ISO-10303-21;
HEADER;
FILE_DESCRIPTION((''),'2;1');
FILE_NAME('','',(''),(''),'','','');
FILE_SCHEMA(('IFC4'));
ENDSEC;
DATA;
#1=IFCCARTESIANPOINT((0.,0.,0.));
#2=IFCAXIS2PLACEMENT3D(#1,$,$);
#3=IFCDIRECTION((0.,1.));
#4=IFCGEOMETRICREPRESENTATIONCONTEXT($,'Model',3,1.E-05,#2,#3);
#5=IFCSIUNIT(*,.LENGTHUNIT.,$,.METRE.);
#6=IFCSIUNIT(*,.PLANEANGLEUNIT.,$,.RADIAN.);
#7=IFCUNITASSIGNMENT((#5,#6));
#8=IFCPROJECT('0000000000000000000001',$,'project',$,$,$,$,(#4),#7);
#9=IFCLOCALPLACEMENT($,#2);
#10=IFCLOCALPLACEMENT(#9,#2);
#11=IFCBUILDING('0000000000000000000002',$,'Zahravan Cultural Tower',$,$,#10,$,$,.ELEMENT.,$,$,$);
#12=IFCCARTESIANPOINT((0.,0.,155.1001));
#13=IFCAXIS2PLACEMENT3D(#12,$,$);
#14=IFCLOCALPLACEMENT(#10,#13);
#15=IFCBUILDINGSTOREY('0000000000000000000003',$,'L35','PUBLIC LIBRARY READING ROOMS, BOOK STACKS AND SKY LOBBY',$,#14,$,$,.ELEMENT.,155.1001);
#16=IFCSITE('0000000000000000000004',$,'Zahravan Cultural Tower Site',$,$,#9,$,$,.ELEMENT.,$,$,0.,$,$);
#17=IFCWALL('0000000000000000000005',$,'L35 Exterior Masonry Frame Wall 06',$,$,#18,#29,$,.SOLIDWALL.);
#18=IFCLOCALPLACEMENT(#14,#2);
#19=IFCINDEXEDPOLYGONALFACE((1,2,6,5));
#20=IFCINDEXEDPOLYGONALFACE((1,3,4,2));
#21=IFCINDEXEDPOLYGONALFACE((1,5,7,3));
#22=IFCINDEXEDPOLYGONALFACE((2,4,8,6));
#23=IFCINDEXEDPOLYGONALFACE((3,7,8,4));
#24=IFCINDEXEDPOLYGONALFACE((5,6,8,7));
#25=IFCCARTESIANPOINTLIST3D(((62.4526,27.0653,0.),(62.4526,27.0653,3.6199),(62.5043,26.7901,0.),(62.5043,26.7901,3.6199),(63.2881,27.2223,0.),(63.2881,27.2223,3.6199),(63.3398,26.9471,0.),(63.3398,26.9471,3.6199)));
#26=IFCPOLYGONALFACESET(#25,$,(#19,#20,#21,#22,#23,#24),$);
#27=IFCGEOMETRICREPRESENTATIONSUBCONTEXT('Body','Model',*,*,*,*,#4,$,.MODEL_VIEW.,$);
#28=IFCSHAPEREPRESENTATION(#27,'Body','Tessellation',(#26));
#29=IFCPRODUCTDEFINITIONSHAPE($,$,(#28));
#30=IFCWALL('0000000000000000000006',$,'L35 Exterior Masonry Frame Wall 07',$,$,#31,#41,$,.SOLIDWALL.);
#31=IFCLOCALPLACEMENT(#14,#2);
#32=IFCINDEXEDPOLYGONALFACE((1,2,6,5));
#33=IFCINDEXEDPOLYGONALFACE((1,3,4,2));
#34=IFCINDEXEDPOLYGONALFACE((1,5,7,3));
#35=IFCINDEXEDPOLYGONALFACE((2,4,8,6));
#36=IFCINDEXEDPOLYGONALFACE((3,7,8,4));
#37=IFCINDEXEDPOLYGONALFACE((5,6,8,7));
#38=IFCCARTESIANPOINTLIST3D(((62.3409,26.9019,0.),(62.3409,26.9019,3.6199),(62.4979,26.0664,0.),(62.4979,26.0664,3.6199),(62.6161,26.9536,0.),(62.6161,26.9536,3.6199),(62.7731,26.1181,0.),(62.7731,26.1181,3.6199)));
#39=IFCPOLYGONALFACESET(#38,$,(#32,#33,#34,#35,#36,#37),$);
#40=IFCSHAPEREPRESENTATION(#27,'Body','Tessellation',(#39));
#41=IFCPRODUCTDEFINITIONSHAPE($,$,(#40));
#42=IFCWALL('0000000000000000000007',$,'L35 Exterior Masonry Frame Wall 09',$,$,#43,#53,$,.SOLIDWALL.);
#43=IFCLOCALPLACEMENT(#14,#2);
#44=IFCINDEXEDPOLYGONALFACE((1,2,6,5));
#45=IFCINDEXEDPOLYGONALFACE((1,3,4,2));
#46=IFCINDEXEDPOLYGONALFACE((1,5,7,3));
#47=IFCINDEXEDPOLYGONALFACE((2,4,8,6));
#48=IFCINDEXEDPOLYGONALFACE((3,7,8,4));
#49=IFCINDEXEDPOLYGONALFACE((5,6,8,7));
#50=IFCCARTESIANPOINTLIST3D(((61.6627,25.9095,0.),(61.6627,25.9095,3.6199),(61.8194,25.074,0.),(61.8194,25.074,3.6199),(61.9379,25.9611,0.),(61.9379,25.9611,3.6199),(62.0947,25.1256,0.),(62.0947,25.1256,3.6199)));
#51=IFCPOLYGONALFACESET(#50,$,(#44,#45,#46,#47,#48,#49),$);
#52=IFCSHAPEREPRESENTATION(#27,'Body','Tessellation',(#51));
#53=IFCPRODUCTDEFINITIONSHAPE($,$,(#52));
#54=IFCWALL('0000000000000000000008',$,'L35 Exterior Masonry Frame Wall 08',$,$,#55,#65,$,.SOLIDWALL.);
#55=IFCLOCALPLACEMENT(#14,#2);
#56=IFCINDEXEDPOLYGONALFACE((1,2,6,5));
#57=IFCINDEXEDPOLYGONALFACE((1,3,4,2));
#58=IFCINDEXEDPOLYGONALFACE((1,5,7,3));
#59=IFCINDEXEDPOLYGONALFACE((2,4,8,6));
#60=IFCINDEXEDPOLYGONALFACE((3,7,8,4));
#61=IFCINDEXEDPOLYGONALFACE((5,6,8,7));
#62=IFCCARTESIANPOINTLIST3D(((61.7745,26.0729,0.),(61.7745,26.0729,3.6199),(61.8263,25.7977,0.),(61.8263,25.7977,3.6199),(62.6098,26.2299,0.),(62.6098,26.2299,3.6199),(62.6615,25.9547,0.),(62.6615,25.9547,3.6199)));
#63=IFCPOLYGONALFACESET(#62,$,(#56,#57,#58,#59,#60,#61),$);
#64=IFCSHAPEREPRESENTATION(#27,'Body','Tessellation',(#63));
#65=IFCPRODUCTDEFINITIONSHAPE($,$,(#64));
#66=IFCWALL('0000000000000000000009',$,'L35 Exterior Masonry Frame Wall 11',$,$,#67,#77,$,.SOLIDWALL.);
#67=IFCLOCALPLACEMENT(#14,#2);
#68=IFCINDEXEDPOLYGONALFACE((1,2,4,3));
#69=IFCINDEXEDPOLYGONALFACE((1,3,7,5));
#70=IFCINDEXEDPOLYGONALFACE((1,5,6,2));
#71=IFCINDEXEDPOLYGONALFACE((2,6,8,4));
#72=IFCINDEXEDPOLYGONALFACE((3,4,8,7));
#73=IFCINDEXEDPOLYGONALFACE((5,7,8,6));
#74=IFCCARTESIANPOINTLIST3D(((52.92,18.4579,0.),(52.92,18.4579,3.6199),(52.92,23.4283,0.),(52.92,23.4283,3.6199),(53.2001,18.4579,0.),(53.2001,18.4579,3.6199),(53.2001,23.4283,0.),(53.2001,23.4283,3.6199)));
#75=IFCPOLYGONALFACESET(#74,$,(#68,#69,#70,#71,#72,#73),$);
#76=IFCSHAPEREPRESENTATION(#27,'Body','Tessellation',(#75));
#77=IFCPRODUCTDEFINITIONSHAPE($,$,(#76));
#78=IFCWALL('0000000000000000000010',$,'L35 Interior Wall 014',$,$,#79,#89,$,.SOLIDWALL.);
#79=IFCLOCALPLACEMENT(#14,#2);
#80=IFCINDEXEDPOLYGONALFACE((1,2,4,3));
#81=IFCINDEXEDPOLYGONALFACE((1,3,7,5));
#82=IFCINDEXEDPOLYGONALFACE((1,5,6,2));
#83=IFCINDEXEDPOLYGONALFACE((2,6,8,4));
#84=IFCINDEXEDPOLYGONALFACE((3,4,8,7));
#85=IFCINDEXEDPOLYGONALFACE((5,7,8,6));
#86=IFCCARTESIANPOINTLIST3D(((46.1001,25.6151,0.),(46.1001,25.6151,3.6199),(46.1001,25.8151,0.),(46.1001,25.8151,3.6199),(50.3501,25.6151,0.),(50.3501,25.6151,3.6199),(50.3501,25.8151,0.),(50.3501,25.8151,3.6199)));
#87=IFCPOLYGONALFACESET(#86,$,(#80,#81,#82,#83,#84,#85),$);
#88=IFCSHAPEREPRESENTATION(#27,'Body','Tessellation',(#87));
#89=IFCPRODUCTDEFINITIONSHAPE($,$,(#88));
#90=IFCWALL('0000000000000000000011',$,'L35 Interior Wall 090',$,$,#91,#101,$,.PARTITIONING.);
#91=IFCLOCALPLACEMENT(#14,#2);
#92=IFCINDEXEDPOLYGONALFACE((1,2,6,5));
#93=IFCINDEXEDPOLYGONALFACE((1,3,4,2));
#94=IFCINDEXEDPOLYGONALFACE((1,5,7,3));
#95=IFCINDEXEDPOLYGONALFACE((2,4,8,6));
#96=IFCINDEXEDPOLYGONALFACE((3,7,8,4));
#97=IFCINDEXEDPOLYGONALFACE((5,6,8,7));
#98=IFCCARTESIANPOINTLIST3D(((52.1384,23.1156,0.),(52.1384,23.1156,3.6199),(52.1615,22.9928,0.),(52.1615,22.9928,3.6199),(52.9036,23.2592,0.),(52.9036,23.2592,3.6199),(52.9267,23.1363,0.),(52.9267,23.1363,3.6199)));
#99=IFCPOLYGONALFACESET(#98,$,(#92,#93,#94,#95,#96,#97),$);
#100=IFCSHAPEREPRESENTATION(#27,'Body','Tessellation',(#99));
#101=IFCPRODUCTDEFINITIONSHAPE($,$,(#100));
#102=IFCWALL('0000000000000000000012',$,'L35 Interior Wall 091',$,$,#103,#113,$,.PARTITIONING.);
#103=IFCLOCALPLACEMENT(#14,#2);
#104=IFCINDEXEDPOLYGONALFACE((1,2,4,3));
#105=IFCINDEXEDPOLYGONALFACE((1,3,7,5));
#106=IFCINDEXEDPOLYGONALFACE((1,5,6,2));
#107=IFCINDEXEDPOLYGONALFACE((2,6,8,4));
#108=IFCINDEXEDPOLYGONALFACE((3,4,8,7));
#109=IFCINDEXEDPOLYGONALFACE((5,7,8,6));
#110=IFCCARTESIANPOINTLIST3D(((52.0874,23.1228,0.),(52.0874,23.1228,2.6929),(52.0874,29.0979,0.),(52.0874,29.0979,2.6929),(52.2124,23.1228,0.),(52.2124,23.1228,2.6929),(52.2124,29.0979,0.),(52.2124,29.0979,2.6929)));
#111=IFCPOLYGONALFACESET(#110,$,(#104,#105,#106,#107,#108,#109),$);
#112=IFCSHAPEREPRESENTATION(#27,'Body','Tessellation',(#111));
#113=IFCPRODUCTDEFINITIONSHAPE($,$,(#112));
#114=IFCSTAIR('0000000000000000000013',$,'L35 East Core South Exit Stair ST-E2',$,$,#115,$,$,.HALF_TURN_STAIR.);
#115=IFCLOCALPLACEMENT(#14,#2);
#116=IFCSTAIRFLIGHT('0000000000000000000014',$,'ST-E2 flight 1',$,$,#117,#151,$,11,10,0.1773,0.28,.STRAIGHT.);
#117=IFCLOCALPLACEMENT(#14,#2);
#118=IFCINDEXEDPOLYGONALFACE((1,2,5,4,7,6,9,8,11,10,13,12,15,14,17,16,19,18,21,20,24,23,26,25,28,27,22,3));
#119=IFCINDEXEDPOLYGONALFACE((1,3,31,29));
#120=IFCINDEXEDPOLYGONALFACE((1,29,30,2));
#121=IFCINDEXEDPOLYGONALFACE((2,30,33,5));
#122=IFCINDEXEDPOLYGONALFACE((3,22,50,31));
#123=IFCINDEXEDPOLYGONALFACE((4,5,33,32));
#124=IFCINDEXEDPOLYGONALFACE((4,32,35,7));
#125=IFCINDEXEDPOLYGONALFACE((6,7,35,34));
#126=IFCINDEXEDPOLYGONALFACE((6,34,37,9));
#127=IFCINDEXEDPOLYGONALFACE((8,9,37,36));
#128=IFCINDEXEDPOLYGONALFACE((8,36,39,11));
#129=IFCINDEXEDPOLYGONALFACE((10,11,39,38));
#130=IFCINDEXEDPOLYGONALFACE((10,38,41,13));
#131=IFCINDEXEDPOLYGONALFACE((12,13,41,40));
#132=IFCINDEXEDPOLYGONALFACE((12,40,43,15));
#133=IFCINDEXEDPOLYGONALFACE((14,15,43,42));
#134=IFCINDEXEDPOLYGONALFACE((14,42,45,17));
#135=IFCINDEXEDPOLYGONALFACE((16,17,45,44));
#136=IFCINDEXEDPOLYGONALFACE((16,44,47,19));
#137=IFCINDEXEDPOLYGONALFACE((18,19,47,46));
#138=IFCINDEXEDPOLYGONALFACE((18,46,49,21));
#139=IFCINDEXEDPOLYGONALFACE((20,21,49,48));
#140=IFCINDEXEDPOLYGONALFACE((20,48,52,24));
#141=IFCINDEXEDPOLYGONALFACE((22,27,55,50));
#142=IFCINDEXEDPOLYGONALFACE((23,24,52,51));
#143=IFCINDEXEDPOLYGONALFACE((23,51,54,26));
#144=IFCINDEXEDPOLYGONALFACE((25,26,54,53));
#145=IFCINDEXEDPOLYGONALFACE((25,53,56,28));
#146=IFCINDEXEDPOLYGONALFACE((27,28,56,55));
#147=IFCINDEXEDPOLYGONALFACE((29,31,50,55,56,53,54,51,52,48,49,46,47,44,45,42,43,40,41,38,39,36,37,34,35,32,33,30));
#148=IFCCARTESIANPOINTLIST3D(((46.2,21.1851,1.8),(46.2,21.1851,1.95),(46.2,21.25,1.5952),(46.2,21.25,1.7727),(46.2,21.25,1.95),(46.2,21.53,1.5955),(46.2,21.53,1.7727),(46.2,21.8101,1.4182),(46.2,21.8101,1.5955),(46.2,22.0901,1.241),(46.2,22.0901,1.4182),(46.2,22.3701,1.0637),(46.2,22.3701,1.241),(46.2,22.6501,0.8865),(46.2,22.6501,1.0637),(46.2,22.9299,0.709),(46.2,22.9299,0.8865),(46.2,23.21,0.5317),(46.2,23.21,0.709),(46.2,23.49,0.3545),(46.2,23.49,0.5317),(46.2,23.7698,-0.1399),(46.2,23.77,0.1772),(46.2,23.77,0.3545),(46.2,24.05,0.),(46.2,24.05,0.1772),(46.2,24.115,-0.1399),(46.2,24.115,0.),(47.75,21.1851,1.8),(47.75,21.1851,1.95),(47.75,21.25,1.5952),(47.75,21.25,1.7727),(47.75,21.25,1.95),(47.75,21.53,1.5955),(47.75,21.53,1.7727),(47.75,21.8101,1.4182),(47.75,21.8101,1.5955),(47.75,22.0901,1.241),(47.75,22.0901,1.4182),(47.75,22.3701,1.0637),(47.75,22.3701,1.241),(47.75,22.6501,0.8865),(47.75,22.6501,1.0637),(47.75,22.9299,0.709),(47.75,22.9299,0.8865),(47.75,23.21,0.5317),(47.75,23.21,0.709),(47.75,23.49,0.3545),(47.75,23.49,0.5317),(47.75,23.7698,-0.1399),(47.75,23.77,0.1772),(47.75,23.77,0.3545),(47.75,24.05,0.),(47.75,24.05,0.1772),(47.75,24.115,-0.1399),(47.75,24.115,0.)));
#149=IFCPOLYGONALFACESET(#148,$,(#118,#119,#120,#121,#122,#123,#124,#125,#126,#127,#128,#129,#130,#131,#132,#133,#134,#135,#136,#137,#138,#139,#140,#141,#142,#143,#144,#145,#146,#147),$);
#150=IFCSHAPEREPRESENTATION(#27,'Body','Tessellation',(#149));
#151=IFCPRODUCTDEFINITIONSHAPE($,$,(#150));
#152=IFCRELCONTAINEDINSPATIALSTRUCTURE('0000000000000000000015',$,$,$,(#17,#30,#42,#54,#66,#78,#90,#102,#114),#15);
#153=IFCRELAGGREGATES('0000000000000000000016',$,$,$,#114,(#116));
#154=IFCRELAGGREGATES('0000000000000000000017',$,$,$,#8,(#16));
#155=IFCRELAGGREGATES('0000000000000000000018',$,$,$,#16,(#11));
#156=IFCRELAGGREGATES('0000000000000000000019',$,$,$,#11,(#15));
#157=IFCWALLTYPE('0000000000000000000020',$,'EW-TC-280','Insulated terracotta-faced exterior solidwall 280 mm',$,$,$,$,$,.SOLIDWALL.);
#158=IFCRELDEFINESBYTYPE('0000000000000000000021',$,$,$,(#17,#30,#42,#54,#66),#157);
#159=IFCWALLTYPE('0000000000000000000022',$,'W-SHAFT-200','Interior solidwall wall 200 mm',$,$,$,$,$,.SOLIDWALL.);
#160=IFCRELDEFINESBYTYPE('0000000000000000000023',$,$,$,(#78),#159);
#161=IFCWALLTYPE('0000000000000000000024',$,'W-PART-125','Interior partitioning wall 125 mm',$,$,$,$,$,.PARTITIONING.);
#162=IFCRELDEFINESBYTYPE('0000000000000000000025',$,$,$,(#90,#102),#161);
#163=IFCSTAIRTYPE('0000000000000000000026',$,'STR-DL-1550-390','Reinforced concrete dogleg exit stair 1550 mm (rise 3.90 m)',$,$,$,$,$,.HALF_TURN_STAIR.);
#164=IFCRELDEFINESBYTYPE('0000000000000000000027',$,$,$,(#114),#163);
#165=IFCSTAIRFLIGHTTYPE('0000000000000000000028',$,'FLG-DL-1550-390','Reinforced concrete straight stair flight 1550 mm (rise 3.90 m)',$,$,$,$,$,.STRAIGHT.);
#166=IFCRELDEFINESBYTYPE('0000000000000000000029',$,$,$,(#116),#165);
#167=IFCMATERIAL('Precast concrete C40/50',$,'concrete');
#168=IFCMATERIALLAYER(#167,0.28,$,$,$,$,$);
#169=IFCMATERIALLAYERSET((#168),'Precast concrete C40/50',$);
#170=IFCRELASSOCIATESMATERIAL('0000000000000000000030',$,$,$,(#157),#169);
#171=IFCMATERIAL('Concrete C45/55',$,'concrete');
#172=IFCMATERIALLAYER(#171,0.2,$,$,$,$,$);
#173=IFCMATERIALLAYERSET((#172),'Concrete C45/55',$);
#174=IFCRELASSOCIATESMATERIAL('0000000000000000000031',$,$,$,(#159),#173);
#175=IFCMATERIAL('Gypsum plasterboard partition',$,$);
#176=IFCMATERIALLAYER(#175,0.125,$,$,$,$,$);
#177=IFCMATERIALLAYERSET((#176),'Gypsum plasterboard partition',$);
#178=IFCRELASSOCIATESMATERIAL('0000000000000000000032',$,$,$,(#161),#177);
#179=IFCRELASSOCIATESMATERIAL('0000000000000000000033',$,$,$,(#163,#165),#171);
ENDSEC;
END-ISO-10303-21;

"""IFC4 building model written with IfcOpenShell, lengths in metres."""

from ifc_helpers import new_model, si_unit, direction, frame, frame_2d, origin, place, context, subcontext, project, spatial, polyline, rectangle, outline, extrude, source, transform, mapped, material, layer, layer_set, type_object, element, aggregate, save


model = new_model("IFC4")

# Units and contexts
model_context = context("Model", 3, precision=1e-05, world=origin(), true_north=direction((0.0, 1.0)))
body_context = subcontext(model_context, "Body", "Model", "MODEL_VIEW")
ifc_project = project(units=[si_unit("LENGTHUNIT", "METRE"), si_unit("PLANEANGLEUNIT", "RADIAN")], contexts=[model_context])

# Site, building, storey
site_placement = place(None, origin())
site = spatial("IfcSite", under=ifc_project, at=site_placement, Name="Zahravan Cultural Tower Site", CompositionType="ELEMENT", RefElevation=0.0)
building_placement = place(site_placement, origin())
building = spatial("IfcBuilding", under=site, at=building_placement, Name="Zahravan Cultural Tower", CompositionType="ELEMENT")
storey_placement = place(building_placement, frame((0.0, 0.0, 155.1001)))
storey = spatial("IfcBuildingStorey", under=building, at=storey_placement, Name="L35", Description="PUBLIC LIBRARY READING ROOMS, BOOK STACKS AND SKY LOBBY", CompositionType="ELEMENT", Elevation=155.1001)

# Shared definitions
ifc_material_1 = material(Name="Precast concrete C40/50", Category="concrete")
ifc_layer_1 = layer(ifc_material_1, 0.28)
ifc_layer_set_1 = layer_set([ifc_layer_1], Name="Precast concrete C40/50")
wall_type_1 = type_object("IfcWallType", Name="EW-TC-280", Description="Insulated terracotta-faced exterior solidwall 280 mm", PredefinedType="SOLIDWALL", material=ifc_layer_set_1)

# Walls
shared_shape_1 = source(origin(), body_context, "Body", "SweptSolid", [
    extrude(rectangle(XDim=0.8501, YDim=0.28, at=frame_2d((0.425, 0.0))), origin(), (0.0, 0.0, 1.0), 3.6199),
])
for number, where, z_axis, x_axis, name in (
    (1, (63.314, 27.0847, 0.0), (0.0, 0.0, 1.0), (-0.982801, -0.18467, 0.0), "L35 Exterior Masonry Frame Wall 06"),
    (2, (62.4785, 26.9277, 0.0), (0.0, 0.0, 1.0), (0.18467, -0.982801, 0.0), "L35 Exterior Masonry Frame Wall 07"),
    (3, (61.8003, 25.9353, 0.0), (0.0, 0.0, 1.0), (0.184393, -0.982853, 0.0), "L35 Exterior Masonry Frame Wall 09"),
):
    element("IfcWall", number, at=place(storey_placement, frame(where, z_axis=z_axis, x_axis=x_axis)), inside=storey, type_object=wall_type_1, Name=name, PredefinedType="SOLIDWALL", context=body_context, shape_type="MappedRepresentation", body=[
        mapped(shared_shape_1, transform((0.0, 0.0, 0.0), x_axis=(1.0, 0.0, 0.0), y_axis=(0.0, 1.0, 0.0), z_axis=(0.0, 0.0, 1.0), scale=1.0)),
    ])
shared_shape_2 = source(origin(), body_context, "Body", "SweptSolid", [
    extrude(rectangle(XDim=0.8499, YDim=0.28, at=frame_2d((0.4248, 0.0))), origin(), (0.0, 0.0, 1.0), 3.6199),
])
wall_1_placement = place(storey_placement, frame((62.6355, 26.0923, 0.0), z_axis=(0.0, 0.0, 1.0), x_axis=(-0.982791, -0.184722, 0.0)))
element("IfcWall", 4, at=wall_1_placement, inside=storey, type_object=wall_type_1, Name="L35 Exterior Masonry Frame Wall 08", PredefinedType="SOLIDWALL", context=body_context, shape_type="MappedRepresentation", body=[
    mapped(shared_shape_2, transform((0.0, 0.0, 0.0), x_axis=(1.0, 0.0, 0.0), y_axis=(0.0, 1.0, 0.0), z_axis=(0.0, 0.0, 1.0), scale=1.0)),
])
shared_shape_3 = source(origin(), body_context, "Body", "SweptSolid", [
    extrude(rectangle(XDim=4.9705, YDim=0.28, at=frame_2d((2.4854, 0.0))), origin(), (0.0, 0.0, 1.0), 3.6199),
])
wall_2_placement = place(storey_placement, frame((53.0601, 23.4285, 0.0), z_axis=(0.0, 0.0, 1.0), x_axis=(0.0, -1.0, 0.0)))
element("IfcWall", 5, at=wall_2_placement, inside=storey, type_object=wall_type_1, Name="L35 Exterior Masonry Frame Wall 11", PredefinedType="SOLIDWALL", context=body_context, shape_type="MappedRepresentation", body=[
    mapped(shared_shape_3, transform((0.0, 0.0, 0.0), x_axis=(1.0, 0.0, 0.0), y_axis=(0.0, 1.0, 0.0), z_axis=(0.0, 0.0, 1.0), scale=1.0)),
])
ifc_material_2 = material(Name="Concrete C45/55", Category="concrete")
ifc_layer_2 = layer(ifc_material_2, 0.2)
ifc_layer_set_2 = layer_set([ifc_layer_2], Name="Concrete C45/55")
wall_type_2 = type_object("IfcWallType", Name="W-SHAFT-200", Description="Interior solidwall wall 200 mm", PredefinedType="SOLIDWALL", material=ifc_layer_set_2)
shared_shape_4 = source(origin(), body_context, "Body", "SweptSolid", [
    extrude(rectangle(XDim=4.25, YDim=0.2, at=frame_2d((2.125, 0.0))), origin(), (0.0, 0.0, 1.0), 3.6199),
])
wall_3_placement = place(storey_placement, frame((46.1001, 25.7151, 0.0), z_axis=(0.0, 0.0, 1.0), x_axis=(1.0, 0.0, 0.0)))
element("IfcWall", 6, at=wall_3_placement, inside=storey, type_object=wall_type_2, Name="L35 Interior Wall 014", PredefinedType="SOLIDWALL", context=body_context, shape_type="MappedRepresentation", body=[
    mapped(shared_shape_4, transform((0.0, 0.0, 0.0), x_axis=(1.0, 0.0, 0.0), y_axis=(0.0, 1.0, 0.0), z_axis=(0.0, 0.0, 1.0), scale=1.0)),
])
ifc_material_3 = material(Name="Gypsum plasterboard partition")
ifc_layer_3 = layer(ifc_material_3, 0.125)
ifc_layer_set_3 = layer_set([ifc_layer_3], Name="Gypsum plasterboard partition")
wall_type_3 = type_object("IfcWallType", Name="W-PART-125", Description="Interior partitioning wall 125 mm", PredefinedType="PARTITIONING", material=ifc_layer_set_3)
shared_shape_5 = source(origin(), body_context, "Body", "SweptSolid", [
    extrude(rectangle(XDim=0.7786, YDim=0.125, at=frame_2d((0.3892, 0.0))), origin(), (0.0, 0.0, 1.0), 3.6199),
])
wall_4_placement = place(storey_placement, frame((52.915, 23.1978, 0.0), z_axis=(0.0, 0.0, 1.0), x_axis=(-0.982851, -0.184402, 0.0)))
element("IfcWall", 7, at=wall_4_placement, inside=storey, type_object=wall_type_3, Name="L35 Interior Wall 090", PredefinedType="PARTITIONING", context=body_context, shape_type="MappedRepresentation", body=[
    mapped(shared_shape_5, transform((0.0, 0.0, 0.0), x_axis=(1.0, 0.0, 0.0), y_axis=(0.0, 1.0, 0.0), z_axis=(0.0, 0.0, 1.0), scale=1.0)),
])
shared_shape_6 = source(origin(), body_context, "Body", "SweptSolid", [
    extrude(rectangle(XDim=5.9751, YDim=0.125, at=frame_2d((2.9875, 0.0))), origin(), (0.0, 0.0, 1.0), 2.6929),
])
wall_5_placement = place(storey_placement, frame((52.1499, 23.1228, 0.0), z_axis=(0.0, 0.0, 1.0), x_axis=(0.0, 1.0, 0.0)))
element("IfcWall", 8, at=wall_5_placement, inside=storey, type_object=wall_type_3, Name="L35 Interior Wall 091", PredefinedType="PARTITIONING", context=body_context, shape_type="MappedRepresentation", body=[
    mapped(shared_shape_6, transform((0.0, 0.0, 0.0), x_axis=(1.0, 0.0, 0.0), y_axis=(0.0, 1.0, 0.0), z_axis=(0.0, 0.0, 1.0), scale=1.0)),
])

# Stair, stair flight
stair_type = type_object("IfcStairType", Name="STR-DL-1550-390", Description="Reinforced concrete dogleg exit stair 1550 mm (rise 3.90 m)", PredefinedType="HALF_TURN_STAIR", material=ifc_material_2)
stair_placement = place(storey_placement, origin())
stair = element("IfcStair", 9, at=stair_placement, inside=storey, type_object=stair_type, Name="L35 East Core South Exit Stair ST-E2", PredefinedType="HALF_TURN_STAIR")
stair_flight_type = type_object("IfcStairFlightType", Name="FLG-DL-1550-390", Description="Reinforced concrete straight stair flight 1550 mm (rise 3.90 m)", PredefinedType="STRAIGHT", material=ifc_material_2)
stair_flight_1_placement = place(storey_placement, frame((46.9751, 24.05, 0.0), z_axis=(0.0, 0.0, 1.0), x_axis=(0.0, -1.0, 0.0)))
stair_flight_1 = element("IfcStairFlight", 10, at=stair_flight_1_placement, type_object=stair_flight_type, Name="ST-E2 flight 1", NumberOfRisers=11, NumberOfTreads=10, PredefinedType="STRAIGHT", RiserHeight=0.1773, TreadLength=0.28, context=body_context, shape_type="SweptSolid", body=[
    extrude(outline(polyline([(-0.0649, -0.1399), (-0.0649, 0.0), (0.0, 0.0), (0.0, 0.1772), (0.28, 0.1772), (0.28, 0.3545), (0.5601, 0.3545), (0.5601, 0.5317), (0.8401, 0.5317), (0.8401, 0.709), (1.1201, 0.709), (1.1201, 0.8865), (1.3999, 0.8865), (1.3999, 1.0637), (1.6799, 1.0637), (1.6799, 1.241), (1.96, 1.241), (1.96, 1.4182), (2.24, 1.4182), (2.24, 1.5955), (2.52, 1.5955), (2.52, 1.7727), (2.8, 1.7727), (2.8, 1.95), (2.865, 1.95), (2.865, 1.8), (2.8, 1.5952), (0.2803, -0.1399), (-0.0649, -0.1399)])), frame((0.0, 0.7749, 0.0), z_axis=(0.0, -1.0, 0.0), x_axis=(1.0, 0.0, 0.0)), (0.0, 0.0, 1.0), 1.55),
])
aggregate(stair, [stair_flight_1])

save(model, "model.ifc")
